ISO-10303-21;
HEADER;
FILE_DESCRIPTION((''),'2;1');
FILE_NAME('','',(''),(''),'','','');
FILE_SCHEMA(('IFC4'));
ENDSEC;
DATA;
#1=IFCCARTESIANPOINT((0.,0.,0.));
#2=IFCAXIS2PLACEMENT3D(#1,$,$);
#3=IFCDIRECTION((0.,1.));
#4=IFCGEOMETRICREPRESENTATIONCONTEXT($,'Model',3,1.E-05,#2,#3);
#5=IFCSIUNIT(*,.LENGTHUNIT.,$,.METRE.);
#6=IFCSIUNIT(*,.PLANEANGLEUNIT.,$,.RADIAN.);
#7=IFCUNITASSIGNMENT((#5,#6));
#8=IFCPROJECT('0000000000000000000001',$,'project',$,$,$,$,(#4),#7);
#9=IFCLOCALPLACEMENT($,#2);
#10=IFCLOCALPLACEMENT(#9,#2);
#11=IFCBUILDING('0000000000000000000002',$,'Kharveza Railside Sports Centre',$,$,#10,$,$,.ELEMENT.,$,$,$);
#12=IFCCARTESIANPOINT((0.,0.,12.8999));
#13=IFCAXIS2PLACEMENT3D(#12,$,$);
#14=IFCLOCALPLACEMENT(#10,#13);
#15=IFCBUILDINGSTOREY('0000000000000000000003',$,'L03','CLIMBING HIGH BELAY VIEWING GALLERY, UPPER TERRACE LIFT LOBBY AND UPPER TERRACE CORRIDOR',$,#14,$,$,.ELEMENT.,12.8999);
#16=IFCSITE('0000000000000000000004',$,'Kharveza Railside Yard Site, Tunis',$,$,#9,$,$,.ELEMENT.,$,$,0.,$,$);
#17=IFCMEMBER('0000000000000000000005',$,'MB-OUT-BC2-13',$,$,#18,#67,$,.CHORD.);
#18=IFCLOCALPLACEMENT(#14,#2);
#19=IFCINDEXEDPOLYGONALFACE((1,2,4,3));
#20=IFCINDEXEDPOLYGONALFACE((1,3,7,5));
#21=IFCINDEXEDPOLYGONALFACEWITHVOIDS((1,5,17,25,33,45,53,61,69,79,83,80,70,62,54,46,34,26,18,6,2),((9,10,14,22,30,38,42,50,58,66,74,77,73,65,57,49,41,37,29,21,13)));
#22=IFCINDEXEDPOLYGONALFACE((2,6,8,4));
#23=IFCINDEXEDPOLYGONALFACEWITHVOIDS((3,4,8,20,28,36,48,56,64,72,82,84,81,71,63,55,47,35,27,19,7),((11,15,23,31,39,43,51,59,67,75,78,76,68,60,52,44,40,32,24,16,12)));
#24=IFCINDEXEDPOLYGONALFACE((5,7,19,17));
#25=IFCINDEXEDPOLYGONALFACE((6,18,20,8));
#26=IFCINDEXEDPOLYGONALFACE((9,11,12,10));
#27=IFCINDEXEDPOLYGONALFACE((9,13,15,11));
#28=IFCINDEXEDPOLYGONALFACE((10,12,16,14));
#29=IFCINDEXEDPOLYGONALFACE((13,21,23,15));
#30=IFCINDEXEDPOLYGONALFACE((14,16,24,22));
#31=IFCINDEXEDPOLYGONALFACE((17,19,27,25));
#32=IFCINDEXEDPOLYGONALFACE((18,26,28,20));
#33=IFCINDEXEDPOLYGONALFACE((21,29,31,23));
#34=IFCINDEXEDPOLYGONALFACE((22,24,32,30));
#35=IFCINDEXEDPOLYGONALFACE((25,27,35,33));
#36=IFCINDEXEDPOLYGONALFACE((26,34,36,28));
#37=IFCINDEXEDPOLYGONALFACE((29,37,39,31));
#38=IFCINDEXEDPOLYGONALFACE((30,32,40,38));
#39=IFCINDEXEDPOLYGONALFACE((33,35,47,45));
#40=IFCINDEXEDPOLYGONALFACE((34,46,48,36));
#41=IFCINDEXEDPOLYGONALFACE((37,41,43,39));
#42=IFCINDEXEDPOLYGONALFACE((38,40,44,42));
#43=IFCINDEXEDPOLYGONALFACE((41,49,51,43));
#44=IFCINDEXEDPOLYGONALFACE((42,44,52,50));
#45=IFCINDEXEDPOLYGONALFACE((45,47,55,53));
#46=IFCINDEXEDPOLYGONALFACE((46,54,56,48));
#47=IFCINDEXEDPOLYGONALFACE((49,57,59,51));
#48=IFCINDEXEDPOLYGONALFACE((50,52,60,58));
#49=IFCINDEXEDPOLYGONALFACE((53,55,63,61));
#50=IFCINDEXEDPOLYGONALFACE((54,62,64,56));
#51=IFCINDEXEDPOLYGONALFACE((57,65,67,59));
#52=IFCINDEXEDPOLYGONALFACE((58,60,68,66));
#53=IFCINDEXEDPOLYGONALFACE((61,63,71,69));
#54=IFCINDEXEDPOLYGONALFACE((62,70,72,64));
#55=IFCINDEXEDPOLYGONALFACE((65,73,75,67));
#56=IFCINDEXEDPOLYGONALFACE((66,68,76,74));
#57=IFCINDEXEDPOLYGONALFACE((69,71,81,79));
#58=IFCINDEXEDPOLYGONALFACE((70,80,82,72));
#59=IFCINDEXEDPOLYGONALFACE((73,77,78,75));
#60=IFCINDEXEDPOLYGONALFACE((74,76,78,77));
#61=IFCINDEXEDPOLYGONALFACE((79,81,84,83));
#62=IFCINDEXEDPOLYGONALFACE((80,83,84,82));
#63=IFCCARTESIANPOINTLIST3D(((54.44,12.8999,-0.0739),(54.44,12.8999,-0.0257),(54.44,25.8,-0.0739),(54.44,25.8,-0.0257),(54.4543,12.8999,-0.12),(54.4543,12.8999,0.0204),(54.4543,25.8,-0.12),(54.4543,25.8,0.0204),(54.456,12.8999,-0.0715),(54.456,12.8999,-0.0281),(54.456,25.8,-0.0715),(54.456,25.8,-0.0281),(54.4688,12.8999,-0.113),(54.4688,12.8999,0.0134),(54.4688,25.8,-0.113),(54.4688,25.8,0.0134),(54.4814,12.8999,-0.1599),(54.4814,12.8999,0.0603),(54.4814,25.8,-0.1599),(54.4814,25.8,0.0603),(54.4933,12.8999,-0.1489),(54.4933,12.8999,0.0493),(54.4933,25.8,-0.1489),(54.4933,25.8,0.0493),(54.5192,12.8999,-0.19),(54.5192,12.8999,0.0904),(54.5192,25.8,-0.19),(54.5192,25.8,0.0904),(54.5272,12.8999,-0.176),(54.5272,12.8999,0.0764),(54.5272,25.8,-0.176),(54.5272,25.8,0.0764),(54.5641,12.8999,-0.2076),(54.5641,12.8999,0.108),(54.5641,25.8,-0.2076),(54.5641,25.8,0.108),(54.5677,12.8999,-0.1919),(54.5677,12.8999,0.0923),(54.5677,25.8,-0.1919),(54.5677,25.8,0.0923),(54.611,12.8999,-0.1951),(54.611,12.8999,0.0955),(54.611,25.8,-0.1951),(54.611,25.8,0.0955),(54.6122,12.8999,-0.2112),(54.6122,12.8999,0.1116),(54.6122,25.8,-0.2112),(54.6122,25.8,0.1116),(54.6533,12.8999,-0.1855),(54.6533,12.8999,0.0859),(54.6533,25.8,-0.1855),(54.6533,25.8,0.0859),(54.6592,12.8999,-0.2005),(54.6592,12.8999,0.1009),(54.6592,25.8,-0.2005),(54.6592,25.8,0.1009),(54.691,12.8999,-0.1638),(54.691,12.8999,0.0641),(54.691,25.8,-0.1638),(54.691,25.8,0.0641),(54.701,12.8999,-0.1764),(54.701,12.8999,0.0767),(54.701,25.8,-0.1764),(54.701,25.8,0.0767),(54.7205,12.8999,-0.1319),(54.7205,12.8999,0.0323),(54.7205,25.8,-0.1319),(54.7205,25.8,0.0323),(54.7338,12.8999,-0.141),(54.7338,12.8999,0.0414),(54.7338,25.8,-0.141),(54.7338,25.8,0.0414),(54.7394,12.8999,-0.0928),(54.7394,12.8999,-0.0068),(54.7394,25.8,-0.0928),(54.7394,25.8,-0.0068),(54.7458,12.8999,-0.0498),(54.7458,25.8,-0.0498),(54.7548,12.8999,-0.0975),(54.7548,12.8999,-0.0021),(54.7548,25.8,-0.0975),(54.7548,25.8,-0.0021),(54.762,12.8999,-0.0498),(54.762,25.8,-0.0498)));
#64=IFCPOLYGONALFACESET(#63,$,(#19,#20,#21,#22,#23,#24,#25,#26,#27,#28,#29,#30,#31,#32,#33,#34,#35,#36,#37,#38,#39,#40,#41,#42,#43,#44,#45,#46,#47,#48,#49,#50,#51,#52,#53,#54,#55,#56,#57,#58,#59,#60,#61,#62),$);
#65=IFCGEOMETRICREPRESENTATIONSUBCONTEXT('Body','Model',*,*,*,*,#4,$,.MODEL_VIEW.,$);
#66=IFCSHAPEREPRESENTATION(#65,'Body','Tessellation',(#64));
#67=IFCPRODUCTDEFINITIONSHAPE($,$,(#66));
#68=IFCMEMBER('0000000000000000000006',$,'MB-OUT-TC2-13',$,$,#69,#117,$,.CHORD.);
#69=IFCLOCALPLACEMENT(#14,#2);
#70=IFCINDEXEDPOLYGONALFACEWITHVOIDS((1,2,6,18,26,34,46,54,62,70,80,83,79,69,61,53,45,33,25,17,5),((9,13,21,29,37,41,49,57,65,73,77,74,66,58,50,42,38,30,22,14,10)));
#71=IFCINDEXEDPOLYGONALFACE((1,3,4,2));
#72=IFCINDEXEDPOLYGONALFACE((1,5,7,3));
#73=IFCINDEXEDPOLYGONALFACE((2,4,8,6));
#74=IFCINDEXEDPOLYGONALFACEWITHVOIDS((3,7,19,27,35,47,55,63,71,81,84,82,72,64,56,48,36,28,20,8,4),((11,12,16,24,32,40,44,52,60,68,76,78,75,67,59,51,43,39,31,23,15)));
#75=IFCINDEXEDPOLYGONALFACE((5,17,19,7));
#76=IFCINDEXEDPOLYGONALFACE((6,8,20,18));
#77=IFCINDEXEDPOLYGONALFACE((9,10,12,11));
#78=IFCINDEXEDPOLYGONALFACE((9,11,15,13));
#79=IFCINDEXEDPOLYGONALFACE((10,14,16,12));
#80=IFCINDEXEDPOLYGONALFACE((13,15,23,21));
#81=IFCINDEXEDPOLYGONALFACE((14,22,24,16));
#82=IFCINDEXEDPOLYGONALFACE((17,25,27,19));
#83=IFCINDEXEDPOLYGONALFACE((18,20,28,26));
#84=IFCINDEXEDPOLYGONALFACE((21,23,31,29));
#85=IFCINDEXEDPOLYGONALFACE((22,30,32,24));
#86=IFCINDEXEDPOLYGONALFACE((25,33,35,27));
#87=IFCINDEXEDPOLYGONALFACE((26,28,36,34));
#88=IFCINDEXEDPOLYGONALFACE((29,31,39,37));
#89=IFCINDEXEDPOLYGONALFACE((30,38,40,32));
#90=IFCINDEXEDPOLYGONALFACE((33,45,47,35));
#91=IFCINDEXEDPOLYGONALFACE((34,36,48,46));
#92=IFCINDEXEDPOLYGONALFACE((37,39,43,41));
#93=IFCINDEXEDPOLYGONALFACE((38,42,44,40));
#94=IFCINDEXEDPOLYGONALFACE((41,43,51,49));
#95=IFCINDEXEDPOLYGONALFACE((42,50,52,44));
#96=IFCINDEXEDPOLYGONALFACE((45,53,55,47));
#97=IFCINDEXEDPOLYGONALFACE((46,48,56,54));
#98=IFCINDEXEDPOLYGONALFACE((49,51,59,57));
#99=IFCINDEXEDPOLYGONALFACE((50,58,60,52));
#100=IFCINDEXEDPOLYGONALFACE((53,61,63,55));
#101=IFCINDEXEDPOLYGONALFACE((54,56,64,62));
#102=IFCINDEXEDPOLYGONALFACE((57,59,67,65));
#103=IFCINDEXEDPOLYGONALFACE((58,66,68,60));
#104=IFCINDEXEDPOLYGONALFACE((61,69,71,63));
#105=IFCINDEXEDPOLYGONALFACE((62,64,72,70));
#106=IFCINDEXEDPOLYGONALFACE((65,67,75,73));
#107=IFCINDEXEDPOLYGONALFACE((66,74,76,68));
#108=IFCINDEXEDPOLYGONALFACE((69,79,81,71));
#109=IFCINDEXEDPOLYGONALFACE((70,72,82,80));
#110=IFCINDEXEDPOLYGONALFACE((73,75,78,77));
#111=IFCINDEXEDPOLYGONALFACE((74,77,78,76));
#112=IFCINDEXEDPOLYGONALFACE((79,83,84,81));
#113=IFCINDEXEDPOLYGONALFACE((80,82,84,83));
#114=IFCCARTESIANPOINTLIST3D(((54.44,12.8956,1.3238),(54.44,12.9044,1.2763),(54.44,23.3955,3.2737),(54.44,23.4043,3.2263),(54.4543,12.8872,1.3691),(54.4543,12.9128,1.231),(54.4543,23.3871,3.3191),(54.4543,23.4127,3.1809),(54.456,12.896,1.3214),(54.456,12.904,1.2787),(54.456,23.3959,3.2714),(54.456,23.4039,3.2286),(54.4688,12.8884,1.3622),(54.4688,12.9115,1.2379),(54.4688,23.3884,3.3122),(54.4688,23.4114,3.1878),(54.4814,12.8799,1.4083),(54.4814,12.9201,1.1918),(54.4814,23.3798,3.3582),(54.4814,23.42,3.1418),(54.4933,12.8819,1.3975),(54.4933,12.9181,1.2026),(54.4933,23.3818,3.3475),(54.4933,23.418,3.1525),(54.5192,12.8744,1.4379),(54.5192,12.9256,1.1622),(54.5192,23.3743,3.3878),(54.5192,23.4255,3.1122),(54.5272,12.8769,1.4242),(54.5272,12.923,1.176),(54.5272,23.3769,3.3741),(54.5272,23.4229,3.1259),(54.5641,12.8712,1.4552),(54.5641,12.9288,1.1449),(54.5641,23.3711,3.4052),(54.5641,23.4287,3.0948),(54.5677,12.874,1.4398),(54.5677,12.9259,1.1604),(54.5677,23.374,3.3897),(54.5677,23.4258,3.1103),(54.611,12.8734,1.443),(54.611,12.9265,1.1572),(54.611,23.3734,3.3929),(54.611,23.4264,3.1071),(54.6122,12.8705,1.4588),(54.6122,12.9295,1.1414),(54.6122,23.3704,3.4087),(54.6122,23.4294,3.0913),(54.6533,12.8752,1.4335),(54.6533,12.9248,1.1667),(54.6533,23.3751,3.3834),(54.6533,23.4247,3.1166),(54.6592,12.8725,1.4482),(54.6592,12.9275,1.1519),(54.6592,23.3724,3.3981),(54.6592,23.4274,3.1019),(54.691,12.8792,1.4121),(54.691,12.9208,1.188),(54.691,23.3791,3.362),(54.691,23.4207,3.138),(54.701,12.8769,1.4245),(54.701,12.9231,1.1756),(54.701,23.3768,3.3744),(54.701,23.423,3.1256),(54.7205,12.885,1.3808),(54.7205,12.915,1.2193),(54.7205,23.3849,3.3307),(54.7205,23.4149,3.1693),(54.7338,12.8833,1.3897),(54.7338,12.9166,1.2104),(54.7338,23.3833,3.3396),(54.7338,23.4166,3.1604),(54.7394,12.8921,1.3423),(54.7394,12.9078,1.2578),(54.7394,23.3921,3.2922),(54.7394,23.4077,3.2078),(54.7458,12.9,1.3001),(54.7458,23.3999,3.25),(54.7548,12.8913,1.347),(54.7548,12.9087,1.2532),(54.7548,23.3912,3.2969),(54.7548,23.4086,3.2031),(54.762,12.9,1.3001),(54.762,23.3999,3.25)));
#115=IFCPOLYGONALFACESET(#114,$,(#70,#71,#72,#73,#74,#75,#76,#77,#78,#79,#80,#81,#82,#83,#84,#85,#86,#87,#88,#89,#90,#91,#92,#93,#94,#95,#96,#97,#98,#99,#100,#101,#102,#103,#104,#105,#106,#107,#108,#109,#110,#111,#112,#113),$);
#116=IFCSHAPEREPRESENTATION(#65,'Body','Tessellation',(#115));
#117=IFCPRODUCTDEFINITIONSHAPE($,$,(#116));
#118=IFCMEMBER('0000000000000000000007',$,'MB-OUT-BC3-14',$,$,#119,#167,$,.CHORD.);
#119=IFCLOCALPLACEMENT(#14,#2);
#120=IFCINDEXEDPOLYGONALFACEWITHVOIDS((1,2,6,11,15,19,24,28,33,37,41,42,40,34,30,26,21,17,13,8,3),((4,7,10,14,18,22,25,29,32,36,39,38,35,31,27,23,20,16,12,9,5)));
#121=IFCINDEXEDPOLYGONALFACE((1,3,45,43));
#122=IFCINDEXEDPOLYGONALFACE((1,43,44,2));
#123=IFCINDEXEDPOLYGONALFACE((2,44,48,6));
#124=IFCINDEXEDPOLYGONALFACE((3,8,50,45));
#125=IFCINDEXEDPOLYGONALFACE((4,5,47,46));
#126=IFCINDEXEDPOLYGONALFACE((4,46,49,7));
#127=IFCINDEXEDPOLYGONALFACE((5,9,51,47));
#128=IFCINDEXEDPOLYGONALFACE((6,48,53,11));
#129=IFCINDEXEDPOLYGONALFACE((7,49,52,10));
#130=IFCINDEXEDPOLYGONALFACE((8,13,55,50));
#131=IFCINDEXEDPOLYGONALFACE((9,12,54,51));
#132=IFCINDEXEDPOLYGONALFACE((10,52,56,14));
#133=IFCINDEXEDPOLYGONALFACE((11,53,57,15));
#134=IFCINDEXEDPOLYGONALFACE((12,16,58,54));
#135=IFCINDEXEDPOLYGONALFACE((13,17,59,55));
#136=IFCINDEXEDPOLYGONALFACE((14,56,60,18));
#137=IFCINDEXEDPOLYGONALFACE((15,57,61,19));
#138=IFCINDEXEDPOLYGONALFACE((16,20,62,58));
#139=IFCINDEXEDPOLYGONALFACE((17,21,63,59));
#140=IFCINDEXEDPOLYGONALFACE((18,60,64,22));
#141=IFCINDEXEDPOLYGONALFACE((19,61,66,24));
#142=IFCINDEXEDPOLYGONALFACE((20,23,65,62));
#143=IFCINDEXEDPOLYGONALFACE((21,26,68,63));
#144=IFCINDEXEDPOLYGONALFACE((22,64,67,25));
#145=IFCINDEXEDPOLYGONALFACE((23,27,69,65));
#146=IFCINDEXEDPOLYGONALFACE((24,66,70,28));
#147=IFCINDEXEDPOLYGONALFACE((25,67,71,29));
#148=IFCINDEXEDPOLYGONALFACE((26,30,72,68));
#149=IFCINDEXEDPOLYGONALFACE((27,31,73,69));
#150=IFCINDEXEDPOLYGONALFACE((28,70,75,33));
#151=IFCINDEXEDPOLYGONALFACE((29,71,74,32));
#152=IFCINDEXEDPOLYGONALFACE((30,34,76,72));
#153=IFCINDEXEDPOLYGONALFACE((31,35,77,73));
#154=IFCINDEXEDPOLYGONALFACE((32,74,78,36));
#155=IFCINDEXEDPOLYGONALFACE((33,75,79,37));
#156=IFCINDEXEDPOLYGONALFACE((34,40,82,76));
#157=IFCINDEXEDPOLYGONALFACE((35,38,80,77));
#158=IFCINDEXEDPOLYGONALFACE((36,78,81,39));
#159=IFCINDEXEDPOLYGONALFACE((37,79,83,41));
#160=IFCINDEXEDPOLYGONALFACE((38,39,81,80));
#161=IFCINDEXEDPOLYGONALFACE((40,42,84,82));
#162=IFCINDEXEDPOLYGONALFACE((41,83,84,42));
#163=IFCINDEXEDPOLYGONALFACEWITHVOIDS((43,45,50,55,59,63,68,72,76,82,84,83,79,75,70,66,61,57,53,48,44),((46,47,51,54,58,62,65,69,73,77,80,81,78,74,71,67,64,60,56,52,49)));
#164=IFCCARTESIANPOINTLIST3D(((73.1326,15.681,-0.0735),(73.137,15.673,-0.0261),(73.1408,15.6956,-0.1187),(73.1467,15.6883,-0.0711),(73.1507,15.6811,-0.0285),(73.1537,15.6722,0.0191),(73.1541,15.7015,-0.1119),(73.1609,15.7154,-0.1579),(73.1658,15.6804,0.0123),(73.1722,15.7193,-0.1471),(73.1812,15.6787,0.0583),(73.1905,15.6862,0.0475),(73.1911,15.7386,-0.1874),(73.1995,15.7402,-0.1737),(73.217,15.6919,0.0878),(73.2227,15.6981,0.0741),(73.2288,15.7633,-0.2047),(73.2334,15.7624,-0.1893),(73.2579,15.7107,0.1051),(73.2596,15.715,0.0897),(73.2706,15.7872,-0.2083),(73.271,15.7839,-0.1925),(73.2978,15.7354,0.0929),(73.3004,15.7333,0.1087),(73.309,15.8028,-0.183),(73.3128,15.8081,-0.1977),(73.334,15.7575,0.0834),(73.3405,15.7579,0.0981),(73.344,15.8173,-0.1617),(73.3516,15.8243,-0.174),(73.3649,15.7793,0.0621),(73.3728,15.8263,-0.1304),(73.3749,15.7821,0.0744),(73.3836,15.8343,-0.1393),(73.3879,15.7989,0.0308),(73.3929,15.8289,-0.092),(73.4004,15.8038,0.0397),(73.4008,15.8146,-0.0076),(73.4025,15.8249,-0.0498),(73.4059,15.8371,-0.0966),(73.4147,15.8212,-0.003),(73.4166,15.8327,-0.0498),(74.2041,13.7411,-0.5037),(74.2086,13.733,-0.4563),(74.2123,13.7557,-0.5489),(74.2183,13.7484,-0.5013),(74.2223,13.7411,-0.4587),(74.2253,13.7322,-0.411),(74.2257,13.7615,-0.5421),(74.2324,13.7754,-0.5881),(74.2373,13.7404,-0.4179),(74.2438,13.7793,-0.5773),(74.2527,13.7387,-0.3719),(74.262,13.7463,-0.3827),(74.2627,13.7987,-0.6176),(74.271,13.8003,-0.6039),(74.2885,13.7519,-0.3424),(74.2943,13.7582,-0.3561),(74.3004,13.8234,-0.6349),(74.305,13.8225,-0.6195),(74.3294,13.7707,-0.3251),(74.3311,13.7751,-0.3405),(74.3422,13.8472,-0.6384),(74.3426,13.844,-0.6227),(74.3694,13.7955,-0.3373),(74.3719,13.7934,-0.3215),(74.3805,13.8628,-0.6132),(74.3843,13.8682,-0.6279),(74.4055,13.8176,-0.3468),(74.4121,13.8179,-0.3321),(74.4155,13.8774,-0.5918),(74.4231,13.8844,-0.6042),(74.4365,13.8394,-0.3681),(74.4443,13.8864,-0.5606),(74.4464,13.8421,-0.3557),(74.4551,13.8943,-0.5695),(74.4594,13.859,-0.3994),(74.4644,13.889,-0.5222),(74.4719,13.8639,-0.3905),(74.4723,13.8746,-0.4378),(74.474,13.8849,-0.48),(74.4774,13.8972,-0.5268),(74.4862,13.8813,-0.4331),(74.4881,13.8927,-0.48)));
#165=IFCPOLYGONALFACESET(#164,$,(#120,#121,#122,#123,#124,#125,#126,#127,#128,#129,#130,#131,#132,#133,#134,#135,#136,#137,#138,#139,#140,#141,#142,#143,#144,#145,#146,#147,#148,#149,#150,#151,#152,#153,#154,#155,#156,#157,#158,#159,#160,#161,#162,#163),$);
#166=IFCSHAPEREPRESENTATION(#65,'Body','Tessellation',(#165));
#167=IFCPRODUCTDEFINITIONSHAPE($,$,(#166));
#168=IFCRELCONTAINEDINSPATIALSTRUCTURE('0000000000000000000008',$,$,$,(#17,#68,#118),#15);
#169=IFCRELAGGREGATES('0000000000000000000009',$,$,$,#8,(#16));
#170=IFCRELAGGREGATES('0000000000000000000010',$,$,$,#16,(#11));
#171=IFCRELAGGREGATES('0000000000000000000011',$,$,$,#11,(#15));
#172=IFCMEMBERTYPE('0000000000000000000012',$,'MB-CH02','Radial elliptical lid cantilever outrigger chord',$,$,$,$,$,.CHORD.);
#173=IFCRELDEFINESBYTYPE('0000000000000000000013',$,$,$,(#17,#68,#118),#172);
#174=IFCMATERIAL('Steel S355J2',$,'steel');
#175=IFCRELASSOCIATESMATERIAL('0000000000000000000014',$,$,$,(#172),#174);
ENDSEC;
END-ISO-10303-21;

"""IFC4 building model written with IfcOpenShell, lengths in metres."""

from ifc_helpers import new_model, si_unit, direction, frame, origin, origin_2d, place, context, subcontext, project, spatial, hollow_circle, extrude, material, material_profile, profile_set, type_object, element, save


model = new_model("IFC4")

# Units and contexts
model_context = context("Model", 3, precision=1e-05, world=origin(), true_north=direction((0.0, 1.0)))
body_context = subcontext(model_context, "Body", "Model", "MODEL_VIEW")
ifc_project = project(units=[si_unit("LENGTHUNIT", "METRE"), si_unit("PLANEANGLEUNIT", "RADIAN")], contexts=[model_context])

# Site, building, storey
site_placement = place(None, origin())
site = spatial("IfcSite", under=ifc_project, at=site_placement, Name="Kharveza Railside Yard Site, Tunis", CompositionType="ELEMENT", RefElevation=0.0)
building_placement = place(site_placement, origin())
building = spatial("IfcBuilding", under=site, at=building_placement, Name="Kharveza Railside Sports Centre", CompositionType="ELEMENT")
storey_placement = place(building_placement, frame((0.0, 0.0, 12.8999)))
storey = spatial("IfcBuildingStorey", under=building, at=storey_placement, Name="L03", Description="CLIMBING HIGH BELAY VIEWING GALLERY, UPPER TERRACE LIFT LOBBY AND UPPER TERRACE CORRIDOR", CompositionType="ELEMENT", Elevation=12.8999)

# Shared definitions
ifc_material_1 = material(Name="Steel S355J2", Category="steel")

# Members
ifc_material_profile_1 = material_profile(ifc_material_1, hollow_circle(Radius=0.1619, WallThickness=0.0161, at=origin_2d()), Name="CHS 323.9x16.0")
ifc_profile_set_1 = profile_set([ifc_material_profile_1], Name="Steel S355J2")
member_type_1 = type_object("IfcMemberType", Name="MB-CH02", Description="Radial elliptical lid cantilever outrigger chord", PredefinedType="CHORD", material=ifc_profile_set_1)
member_1_placement = place(storey_placement, frame((54.6001, 25.8, -0.0498), z_axis=(0.0, -1.0, 0.0), x_axis=(1.0, 0.0, 0.0)))
element("IfcMember", 1, at=member_1_placement, inside=storey, type_object=member_type_1, Name="MB-OUT-BC2-13", PredefinedType="CHORD", context=body_context, shape_type="SweptSolid", body=[
    extrude(hollow_circle(Radius=0.1619, WallThickness=0.0161, at=origin_2d()), origin(), (0.0, 0.0, 1.0), 12.9001),
])
member_2_placement = place(storey_placement, frame((54.6001, 23.3999, 3.25), z_axis=(0.0, -0.98319, -0.182588), x_axis=(1.0, 0.0, 0.0)))
element("IfcMember", 2, at=member_2_placement, inside=storey, type_object=member_type_1, Name="MB-OUT-TC2-13", PredefinedType="CHORD", context=body_context, shape_type="SweptSolid", body=[
    extrude(hollow_circle(Radius=0.1619, WallThickness=0.0161, at=origin_2d()), origin(), (0.0, 0.0, 1.0), 10.6794),
])
member_3_placement = place(storey_placement, frame((73.2749, 15.7544, -0.0498), z_axis=(0.474641, -0.859306, -0.190548), x_axis=(0.875345, 0.4835, 0.0)))
element("IfcMember", 3, at=member_3_placement, inside=storey, type_object=member_type_1, Name="MB-OUT-BC3-14", PredefinedType="CHORD", context=body_context, shape_type="SweptSolid", body=[
    extrude(hollow_circle(Radius=0.1619, WallThickness=0.0161, at=origin_2d()), origin(), (0.0, 0.0, 1.0), 2.2576),
])

save(model, "model.ifc")
